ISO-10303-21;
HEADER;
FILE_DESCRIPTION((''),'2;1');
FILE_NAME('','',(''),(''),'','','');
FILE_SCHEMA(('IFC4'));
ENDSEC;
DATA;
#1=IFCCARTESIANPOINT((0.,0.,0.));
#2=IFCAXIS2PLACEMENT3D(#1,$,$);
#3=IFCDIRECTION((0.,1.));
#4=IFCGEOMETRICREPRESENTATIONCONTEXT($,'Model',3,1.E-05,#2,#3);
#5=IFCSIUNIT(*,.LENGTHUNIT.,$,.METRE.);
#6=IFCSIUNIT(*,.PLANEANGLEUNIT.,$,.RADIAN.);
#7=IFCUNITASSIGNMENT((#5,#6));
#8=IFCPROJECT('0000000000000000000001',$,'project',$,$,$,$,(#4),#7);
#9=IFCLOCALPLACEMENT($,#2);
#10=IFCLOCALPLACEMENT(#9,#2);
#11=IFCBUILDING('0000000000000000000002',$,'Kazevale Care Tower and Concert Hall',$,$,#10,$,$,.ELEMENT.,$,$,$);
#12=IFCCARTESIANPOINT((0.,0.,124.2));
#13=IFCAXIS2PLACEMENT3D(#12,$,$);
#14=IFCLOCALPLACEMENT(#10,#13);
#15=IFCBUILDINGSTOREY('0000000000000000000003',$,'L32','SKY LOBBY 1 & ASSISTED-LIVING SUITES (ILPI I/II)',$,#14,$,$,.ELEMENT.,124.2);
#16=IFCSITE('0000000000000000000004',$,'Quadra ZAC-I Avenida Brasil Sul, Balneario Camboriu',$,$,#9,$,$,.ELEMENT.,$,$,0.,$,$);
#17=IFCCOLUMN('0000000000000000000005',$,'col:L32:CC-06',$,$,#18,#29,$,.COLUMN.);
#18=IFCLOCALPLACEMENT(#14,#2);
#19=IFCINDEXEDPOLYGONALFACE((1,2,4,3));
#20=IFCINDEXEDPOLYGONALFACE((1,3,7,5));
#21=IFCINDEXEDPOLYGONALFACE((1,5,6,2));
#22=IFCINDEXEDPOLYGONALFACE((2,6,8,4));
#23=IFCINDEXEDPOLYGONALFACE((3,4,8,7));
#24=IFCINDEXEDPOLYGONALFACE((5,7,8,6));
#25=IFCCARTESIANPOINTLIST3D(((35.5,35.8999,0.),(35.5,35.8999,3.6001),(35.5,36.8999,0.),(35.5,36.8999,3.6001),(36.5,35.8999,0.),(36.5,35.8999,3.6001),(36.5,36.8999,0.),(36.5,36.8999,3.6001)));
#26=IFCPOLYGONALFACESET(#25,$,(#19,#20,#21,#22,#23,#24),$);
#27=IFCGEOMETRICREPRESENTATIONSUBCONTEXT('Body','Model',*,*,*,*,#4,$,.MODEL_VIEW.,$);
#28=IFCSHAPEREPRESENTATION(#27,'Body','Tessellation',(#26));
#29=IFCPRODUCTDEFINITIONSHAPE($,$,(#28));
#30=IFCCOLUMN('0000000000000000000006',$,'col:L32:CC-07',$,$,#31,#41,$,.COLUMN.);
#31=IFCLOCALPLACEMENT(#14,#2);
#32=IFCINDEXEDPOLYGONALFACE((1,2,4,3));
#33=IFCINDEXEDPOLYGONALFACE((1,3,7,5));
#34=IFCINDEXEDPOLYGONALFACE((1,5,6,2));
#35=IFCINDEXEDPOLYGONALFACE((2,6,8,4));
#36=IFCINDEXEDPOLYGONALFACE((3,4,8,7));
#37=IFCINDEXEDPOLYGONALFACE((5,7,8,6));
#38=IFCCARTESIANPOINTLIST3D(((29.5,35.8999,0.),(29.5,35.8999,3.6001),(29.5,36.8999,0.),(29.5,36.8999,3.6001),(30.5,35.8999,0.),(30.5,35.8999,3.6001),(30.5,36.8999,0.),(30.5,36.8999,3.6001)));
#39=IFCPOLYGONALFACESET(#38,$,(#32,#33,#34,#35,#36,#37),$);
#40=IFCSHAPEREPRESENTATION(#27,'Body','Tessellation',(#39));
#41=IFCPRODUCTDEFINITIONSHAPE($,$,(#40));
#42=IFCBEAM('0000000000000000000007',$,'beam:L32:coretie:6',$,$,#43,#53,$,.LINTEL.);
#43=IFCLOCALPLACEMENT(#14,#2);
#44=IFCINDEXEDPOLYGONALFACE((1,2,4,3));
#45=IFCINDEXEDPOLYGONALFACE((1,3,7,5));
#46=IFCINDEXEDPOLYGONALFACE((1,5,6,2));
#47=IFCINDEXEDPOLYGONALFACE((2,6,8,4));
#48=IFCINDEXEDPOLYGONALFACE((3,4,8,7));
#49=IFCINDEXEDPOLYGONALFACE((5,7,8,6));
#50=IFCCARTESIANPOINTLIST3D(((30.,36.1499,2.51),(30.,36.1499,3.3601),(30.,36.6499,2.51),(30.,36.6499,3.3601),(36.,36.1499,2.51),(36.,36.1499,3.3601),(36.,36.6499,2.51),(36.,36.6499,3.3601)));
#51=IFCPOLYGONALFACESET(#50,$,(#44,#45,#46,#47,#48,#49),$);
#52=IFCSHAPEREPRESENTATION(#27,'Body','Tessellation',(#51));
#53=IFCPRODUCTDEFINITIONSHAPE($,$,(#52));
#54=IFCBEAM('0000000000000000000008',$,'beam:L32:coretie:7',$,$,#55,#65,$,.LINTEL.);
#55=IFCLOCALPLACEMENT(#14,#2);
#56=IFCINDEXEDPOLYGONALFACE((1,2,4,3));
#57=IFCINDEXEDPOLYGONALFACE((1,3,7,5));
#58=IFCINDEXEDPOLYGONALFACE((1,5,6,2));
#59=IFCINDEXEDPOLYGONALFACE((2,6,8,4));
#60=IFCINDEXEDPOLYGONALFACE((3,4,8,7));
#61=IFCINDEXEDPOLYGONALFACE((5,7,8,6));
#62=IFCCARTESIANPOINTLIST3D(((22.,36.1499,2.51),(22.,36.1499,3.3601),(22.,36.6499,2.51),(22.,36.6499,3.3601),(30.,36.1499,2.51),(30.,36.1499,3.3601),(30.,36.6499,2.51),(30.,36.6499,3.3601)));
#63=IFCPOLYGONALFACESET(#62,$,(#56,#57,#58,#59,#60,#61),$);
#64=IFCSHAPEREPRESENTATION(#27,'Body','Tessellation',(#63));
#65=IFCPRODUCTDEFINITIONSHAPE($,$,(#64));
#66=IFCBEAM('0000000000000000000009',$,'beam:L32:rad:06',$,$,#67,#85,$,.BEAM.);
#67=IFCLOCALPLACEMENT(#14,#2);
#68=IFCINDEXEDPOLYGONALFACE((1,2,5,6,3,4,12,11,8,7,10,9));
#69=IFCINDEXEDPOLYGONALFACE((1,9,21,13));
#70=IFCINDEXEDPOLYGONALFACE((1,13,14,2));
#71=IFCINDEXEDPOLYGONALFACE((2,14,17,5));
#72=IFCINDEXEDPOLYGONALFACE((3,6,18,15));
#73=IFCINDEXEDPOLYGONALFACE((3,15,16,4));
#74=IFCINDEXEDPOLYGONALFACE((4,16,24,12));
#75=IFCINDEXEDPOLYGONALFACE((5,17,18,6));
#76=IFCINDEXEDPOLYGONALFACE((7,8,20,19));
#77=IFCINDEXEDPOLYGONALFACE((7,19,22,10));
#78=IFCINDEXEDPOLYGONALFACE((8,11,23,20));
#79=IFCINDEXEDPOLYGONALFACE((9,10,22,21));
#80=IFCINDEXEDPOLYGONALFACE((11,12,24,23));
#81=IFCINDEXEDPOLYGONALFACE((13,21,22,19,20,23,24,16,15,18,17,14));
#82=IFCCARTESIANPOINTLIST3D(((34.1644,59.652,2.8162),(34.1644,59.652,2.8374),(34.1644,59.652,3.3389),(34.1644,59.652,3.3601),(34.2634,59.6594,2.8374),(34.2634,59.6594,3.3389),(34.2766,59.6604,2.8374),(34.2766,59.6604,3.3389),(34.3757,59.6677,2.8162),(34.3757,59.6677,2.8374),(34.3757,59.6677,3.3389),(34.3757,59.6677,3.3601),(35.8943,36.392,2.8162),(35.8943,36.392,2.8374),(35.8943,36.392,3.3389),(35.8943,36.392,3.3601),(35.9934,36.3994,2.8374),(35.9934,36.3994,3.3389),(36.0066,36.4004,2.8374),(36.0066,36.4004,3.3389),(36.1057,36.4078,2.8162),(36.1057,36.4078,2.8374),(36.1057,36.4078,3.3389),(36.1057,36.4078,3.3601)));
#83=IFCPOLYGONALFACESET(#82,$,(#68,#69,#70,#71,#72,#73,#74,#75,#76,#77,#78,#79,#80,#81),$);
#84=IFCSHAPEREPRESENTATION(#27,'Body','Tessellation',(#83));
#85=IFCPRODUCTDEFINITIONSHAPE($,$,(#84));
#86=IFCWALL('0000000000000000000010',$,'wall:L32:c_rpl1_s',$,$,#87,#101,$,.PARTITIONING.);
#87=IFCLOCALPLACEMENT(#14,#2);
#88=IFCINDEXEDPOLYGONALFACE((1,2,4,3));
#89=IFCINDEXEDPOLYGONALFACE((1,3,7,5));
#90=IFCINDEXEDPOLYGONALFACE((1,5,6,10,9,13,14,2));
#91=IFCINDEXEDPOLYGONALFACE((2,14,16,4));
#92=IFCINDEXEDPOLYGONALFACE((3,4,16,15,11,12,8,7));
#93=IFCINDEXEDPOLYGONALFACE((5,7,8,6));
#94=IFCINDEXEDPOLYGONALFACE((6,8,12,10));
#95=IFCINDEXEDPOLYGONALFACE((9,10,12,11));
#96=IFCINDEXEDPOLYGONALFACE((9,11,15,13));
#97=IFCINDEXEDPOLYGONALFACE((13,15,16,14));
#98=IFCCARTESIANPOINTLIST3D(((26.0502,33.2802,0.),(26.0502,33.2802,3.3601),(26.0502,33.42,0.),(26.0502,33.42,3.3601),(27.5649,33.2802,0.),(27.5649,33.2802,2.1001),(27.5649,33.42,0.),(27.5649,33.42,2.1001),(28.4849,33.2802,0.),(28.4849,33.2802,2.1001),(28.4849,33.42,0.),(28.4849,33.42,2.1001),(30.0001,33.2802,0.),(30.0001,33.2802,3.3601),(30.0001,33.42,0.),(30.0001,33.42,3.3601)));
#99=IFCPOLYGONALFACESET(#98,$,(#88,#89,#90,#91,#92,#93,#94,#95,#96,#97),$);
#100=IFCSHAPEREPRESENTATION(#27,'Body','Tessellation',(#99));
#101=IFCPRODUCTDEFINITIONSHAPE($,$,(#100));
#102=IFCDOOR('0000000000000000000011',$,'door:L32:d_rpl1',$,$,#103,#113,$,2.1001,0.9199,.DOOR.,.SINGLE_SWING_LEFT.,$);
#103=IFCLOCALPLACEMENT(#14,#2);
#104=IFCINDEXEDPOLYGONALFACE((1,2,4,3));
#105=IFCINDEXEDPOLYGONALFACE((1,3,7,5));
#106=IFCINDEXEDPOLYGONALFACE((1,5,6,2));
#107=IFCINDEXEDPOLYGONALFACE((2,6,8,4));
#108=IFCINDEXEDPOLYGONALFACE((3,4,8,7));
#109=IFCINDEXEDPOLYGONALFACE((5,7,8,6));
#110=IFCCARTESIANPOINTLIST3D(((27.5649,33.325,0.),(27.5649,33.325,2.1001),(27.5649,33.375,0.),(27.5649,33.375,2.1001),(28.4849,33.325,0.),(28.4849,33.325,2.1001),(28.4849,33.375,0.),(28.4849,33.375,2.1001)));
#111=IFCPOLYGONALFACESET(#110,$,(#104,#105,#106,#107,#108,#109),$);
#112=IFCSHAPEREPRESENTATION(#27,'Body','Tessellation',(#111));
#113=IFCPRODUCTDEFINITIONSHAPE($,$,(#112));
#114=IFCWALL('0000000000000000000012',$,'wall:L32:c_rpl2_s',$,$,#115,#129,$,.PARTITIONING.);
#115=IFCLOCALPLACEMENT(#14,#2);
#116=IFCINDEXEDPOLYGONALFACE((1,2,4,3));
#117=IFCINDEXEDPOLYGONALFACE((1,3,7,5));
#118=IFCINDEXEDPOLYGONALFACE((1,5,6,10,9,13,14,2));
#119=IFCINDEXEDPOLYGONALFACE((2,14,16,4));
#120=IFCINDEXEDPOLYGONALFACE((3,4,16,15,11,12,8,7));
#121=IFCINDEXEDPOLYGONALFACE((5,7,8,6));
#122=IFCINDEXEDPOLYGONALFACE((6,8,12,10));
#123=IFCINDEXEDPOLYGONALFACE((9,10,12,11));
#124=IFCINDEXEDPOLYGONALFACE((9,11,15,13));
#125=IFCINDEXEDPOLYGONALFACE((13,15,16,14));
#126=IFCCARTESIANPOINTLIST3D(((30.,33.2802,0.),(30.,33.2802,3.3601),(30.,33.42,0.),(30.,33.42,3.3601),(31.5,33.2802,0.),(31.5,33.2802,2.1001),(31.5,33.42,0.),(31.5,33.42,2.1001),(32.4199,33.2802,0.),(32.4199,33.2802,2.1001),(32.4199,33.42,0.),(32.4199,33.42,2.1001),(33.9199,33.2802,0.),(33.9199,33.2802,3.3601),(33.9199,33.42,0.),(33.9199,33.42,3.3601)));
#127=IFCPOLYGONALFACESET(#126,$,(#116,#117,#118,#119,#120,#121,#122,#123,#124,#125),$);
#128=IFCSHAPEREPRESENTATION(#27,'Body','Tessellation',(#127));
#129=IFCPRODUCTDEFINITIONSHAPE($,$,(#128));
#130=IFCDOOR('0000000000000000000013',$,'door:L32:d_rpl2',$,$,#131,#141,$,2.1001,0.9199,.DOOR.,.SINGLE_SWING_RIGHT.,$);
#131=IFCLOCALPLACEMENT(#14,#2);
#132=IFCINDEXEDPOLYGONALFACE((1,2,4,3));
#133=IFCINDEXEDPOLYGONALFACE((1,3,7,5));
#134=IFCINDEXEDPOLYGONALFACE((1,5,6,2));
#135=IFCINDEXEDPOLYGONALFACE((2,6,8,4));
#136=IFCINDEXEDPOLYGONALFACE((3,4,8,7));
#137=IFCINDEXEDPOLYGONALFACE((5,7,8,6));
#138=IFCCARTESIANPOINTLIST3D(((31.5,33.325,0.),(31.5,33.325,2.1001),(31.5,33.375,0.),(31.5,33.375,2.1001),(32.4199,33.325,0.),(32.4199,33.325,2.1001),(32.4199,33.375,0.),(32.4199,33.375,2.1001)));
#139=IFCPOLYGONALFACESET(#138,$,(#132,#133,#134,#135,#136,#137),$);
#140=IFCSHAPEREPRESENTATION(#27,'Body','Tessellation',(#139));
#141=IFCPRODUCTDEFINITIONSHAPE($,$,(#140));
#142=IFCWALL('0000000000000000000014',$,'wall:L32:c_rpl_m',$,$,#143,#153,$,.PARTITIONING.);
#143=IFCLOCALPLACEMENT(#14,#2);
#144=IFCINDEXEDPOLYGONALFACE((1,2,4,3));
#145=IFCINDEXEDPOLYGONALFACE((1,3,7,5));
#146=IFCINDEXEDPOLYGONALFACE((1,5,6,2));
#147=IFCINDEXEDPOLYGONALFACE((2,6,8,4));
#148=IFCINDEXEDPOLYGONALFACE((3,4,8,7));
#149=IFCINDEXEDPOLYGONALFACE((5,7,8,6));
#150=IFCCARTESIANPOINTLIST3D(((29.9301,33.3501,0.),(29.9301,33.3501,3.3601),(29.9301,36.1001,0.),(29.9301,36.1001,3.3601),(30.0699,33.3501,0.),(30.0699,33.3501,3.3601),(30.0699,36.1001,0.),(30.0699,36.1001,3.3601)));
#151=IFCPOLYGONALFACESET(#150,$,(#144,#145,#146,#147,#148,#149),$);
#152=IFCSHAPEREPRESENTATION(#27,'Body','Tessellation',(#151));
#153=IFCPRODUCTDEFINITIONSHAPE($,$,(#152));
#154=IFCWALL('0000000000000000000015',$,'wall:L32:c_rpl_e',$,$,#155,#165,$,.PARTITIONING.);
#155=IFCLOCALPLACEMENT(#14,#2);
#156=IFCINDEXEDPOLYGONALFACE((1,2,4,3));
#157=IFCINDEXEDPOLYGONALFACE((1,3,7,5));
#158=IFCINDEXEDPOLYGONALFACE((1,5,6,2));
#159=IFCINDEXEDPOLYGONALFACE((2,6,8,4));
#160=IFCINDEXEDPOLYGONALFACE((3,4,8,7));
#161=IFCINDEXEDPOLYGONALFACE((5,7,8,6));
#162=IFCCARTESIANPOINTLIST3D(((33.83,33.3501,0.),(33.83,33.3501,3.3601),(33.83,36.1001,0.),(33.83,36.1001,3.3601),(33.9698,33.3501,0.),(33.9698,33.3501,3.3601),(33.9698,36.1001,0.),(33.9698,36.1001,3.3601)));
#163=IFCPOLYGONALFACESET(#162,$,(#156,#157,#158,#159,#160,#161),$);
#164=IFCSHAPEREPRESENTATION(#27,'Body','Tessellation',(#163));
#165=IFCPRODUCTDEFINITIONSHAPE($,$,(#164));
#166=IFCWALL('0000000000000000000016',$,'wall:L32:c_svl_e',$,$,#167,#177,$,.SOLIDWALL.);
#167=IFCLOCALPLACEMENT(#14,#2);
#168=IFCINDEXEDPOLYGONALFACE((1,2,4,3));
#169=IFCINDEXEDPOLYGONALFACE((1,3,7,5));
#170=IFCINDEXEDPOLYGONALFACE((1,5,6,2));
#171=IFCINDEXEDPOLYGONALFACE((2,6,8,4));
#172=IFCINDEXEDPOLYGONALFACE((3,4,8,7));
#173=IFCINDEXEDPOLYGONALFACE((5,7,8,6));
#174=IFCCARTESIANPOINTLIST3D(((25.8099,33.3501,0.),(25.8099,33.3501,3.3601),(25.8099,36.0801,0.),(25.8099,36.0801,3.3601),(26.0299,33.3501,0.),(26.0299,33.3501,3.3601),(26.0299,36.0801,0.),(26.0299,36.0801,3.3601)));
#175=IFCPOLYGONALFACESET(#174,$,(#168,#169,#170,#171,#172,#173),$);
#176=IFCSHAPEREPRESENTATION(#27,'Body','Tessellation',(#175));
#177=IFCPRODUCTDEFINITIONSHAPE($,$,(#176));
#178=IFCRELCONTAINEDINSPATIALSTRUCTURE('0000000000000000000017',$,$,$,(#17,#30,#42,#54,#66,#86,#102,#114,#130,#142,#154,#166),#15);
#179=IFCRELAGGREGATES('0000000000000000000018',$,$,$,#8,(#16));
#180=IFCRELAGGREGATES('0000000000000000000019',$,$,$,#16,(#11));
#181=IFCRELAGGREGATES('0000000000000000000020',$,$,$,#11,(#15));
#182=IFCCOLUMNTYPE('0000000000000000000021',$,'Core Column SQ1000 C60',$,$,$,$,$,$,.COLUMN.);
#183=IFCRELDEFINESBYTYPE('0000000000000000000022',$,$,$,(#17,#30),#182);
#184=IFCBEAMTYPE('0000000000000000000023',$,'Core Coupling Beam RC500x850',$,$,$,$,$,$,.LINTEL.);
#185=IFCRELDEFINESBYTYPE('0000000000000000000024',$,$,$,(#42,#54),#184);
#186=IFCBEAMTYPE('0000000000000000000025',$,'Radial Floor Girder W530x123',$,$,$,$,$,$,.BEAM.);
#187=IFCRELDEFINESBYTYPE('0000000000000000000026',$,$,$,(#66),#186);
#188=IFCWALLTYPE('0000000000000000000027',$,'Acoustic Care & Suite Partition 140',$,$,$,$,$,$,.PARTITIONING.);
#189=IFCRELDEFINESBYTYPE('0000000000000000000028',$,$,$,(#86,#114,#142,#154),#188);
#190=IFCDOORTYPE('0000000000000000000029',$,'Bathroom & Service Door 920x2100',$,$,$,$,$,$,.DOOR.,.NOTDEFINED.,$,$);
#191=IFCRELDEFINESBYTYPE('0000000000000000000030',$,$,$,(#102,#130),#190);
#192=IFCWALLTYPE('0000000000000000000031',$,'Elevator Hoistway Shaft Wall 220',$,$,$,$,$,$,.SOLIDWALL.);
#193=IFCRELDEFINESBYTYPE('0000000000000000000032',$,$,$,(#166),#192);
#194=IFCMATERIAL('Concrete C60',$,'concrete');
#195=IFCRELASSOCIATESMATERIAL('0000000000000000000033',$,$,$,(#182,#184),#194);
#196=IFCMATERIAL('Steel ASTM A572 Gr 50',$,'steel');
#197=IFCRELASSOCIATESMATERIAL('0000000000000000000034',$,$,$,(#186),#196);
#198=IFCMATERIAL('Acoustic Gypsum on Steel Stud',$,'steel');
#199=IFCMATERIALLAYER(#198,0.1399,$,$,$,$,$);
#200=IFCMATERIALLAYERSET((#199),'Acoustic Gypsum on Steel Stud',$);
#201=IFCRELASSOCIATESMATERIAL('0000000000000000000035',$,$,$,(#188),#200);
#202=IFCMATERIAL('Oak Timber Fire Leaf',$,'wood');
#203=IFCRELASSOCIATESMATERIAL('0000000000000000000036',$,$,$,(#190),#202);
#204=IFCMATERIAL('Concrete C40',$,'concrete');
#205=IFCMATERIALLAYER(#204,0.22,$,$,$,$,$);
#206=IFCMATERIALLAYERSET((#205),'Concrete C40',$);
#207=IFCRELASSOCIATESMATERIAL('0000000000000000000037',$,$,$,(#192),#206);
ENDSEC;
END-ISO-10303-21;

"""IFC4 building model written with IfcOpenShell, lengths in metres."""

from ifc_helpers import new_model, si_unit, direction, frame, frame_2d, origin, origin_2d, place, context, subcontext, project, spatial, rectangle, i_section, extrude, material, layer, layer_set, material_profile, profile_set, type_object, element, fill, save


model = new_model("IFC4")

# Units and contexts
model_context = context("Model", 3, precision=1e-05, world=origin(), true_north=direction((0.0, 1.0)))
body_context = subcontext(model_context, "Body", "Model", "MODEL_VIEW")
ifc_project = project(units=[si_unit("LENGTHUNIT", "METRE"), si_unit("PLANEANGLEUNIT", "RADIAN")], contexts=[model_context])

# Site, building, storey
site_placement = place(None, origin())
site = spatial("IfcSite", under=ifc_project, at=site_placement, Name="Quadra ZAC-I Avenida Brasil Sul, Balneario Camboriu", CompositionType="ELEMENT", RefElevation=0.0)
building_placement = place(site_placement, origin())
building = spatial("IfcBuilding", under=site, at=building_placement, Name="Kazevale Care Tower and Concert Hall", CompositionType="ELEMENT")
storey_placement = place(building_placement, frame((0.0, 0.0, 124.2)))
storey = spatial("IfcBuildingStorey", under=building, at=storey_placement, Name="L32", Description="SKY LOBBY 1 & ASSISTED-LIVING SUITES (ILPI I/II)", CompositionType="ELEMENT", Elevation=124.2)

# Columns
ifc_material_1 = material(Name="Concrete C60", Category="concrete")
ifc_material_profile_1 = material_profile(ifc_material_1, rectangle(XDim=1.0, YDim=1.0, at=origin_2d()), Name="RC-SQ1000")
ifc_profile_set_1 = profile_set([ifc_material_profile_1], Name="Concrete C60")
column_type = type_object("IfcColumnType", Name="Core Column SQ1000 C60", PredefinedType="COLUMN", material=ifc_profile_set_1)
for number, where, z_axis, x_axis, name in (
    (1, (36.0, 36.3999, 0.0), (0.0, 0.0, 1.0), (1.0, 0.0, 0.0), "col:L32:CC-06"),
    (2, (30.0, 36.3999, 0.0), (0.0, 0.0, 1.0), (1.0, 0.0, 0.0), "col:L32:CC-07"),
):
    element("IfcColumn", number, at=place(storey_placement, frame(where, z_axis=z_axis, x_axis=x_axis)), inside=storey, type_object=column_type, Name=name, PredefinedType="COLUMN", context=body_context, shape_type="SweptSolid", body=[
        extrude(rectangle(XDim=1.0, YDim=1.0, at=origin_2d()), origin(), (0.0, 0.0, 1.0), 3.6001),
    ])

# Beams
ifc_material_profile_2 = material_profile(ifc_material_1, rectangle(XDim=0.5, YDim=0.8501, at=origin_2d()), Name="RC-B500x850")
ifc_profile_set_2 = profile_set([ifc_material_profile_2], Name="Concrete C60")
beam_type_1 = type_object("IfcBeamType", Name="Core Coupling Beam RC500x850", PredefinedType="LINTEL", material=ifc_profile_set_2)
beam_1_placement = place(storey_placement, frame((36.0, 36.3999, 2.9351), z_axis=(-1.0, 0.0, 0.0), x_axis=(0.0, -1.0, 0.0)))
element("IfcBeam", 3, at=beam_1_placement, inside=storey, type_object=beam_type_1, Name="beam:L32:coretie:6", PredefinedType="LINTEL", context=body_context, shape_type="SweptSolid", body=[
    extrude(rectangle(XDim=0.5, YDim=0.8501, at=origin_2d()), origin(), (0.0, 0.0, 1.0), 6.0),
])
beam_2_placement = place(storey_placement, frame((30.0, 36.3999, 2.9351), z_axis=(-1.0, 0.0, 0.0), x_axis=(0.0, -1.0, 0.0)))
element("IfcBeam", 4, at=beam_2_placement, inside=storey, type_object=beam_type_1, Name="beam:L32:coretie:7", PredefinedType="LINTEL", context=body_context, shape_type="SweptSolid", body=[
    extrude(rectangle(XDim=0.5, YDim=0.8501, at=origin_2d()), origin(), (0.0, 0.0, 1.0), 8.0),
])
ifc_material_2 = material(Name="Steel ASTM A572 Gr 50", Category="steel")
ifc_material_profile_3 = material_profile(ifc_material_2, i_section(OverallWidth=0.2119, OverallDepth=0.5439, WebThickness=0.0132, FlangeThickness=0.0212, at=origin_2d()), Name="W530x123")
ifc_profile_set_3 = profile_set([ifc_material_profile_3], Name="Steel ASTM A572 Gr 50")
beam_type_2 = type_object("IfcBeamType", Name="Radial Floor Girder W530x123", PredefinedType="BEAM", material=ifc_profile_set_3)
beam_3_placement = place(storey_placement, frame((36.0, 36.3999, 3.0881), z_axis=(-0.074171, 0.997246, 0.0), x_axis=(-0.997246, -0.074171, 0.0)))
element("IfcBeam", 5, at=beam_3_placement, inside=storey, type_object=beam_type_2, Name="beam:L32:rad:06", PredefinedType="BEAM", context=body_context, shape_type="SweptSolid", body=[
    extrude(i_section(OverallWidth=0.2119, OverallDepth=0.5439, WebThickness=0.0132, FlangeThickness=0.0212, at=origin_2d()), origin(), (0.0, 0.0, 1.0), 23.3242),
])

# Walls, openings, doors
ifc_material_3 = material(Name="Acoustic Gypsum on Steel Stud", Category="steel")
ifc_layer_1 = layer(ifc_material_3, 0.1399)
ifc_layer_set_1 = layer_set([ifc_layer_1], Name="Acoustic Gypsum on Steel Stud")
wall_type_1 = type_object("IfcWallType", Name="Acoustic Care & Suite Partition 140", PredefinedType="PARTITIONING", material=ifc_layer_set_1)
wall_1_placement = place(storey_placement, frame((26.05, 33.3501, 0.0), z_axis=(0.0, 0.0, 1.0), x_axis=(1.0, 0.0, 0.0)))
wall_1 = element("IfcWall", 6, at=wall_1_placement, inside=storey, type_object=wall_type_1, Name="wall:L32:c_rpl1_s", PredefinedType="PARTITIONING", context=body_context, shape_type="SweptSolid", body=[
    extrude(rectangle(XDim=3.95, YDim=0.1399, at=frame_2d((1.9751, 0.0))), origin(), (0.0, 0.0, 1.0), 3.3601),
])
opening_1_placement = place(wall_1_placement, frame((1.5149, 0.0, 0.0)))
opening_1 = element("IfcOpeningElement", 7, at=opening_1_placement, cuts=wall_1, PredefinedType="OPENING", context=body_context, shape_type="SweptSolid", body=[
    extrude(rectangle(XDim=0.9199, YDim=2.1001, at=frame_2d((0.46, 1.05))), frame((0.0, 0.0798, 0.0), z_axis=(0.0, -1.0, 0.0), x_axis=(1.0, 0.0, 0.0)), (0.0, 0.0, 1.0), 0.1599),
])
ifc_material_4 = material(Name="Oak Timber Fire Leaf", Category="wood")
door_type_1 = type_object("IfcDoorType", Name="Bathroom & Service Door 920x2100", OperationType="NOTDEFINED", PredefinedType="DOOR", material=ifc_material_4)
door_1_placement = place(opening_1_placement, origin())
door_1 = element("IfcDoor", 8, at=door_1_placement, inside=storey, type_object=door_type_1, Name="door:L32:d_rpl1", OperationType="SINGLE_SWING_LEFT", OverallHeight=2.1001, OverallWidth=0.9199, PredefinedType="DOOR", context=body_context, shape_type="SweptSolid", body=[
    extrude(rectangle(XDim=0.9199, YDim=2.1001, at=frame_2d((0.46, 1.05))), frame((0.0, 0.0249, 0.0), z_axis=(0.0, -1.0, 0.0), x_axis=(1.0, 0.0, 0.0)), (0.0, 0.0, 1.0), 0.05),
])
fill(opening_1, door_1)
wall_2_placement = place(storey_placement, frame((30.0, 33.3501, 0.0), z_axis=(0.0, 0.0, 1.0), x_axis=(1.0, 0.0, 0.0)))
wall_2 = element("IfcWall", 9, at=wall_2_placement, inside=storey, type_object=wall_type_1, Name="wall:L32:c_rpl2_s", PredefinedType="PARTITIONING", context=body_context, shape_type="SweptSolid", body=[
    extrude(rectangle(XDim=3.9199, YDim=0.1399, at=frame_2d((1.96, 0.0))), origin(), (0.0, 0.0, 1.0), 3.3601),
])
opening_2_placement = place(wall_2_placement, frame((1.5, 0.0, 0.0)))
opening_2 = element("IfcOpeningElement", 10, at=opening_2_placement, cuts=wall_2, PredefinedType="OPENING", context=body_context, shape_type="SweptSolid", body=[
    extrude(rectangle(XDim=0.9199, YDim=2.1001, at=frame_2d((0.46, 1.05))), frame((0.0, 0.0798, 0.0), z_axis=(0.0, -1.0, 0.0), x_axis=(1.0, 0.0, 0.0)), (0.0, 0.0, 1.0), 0.1599),
])
door_2_placement = place(opening_2_placement, origin())
door_2 = element("IfcDoor", 11, at=door_2_placement, inside=storey, type_object=door_type_1, Name="door:L32:d_rpl2", OperationType="SINGLE_SWING_RIGHT", OverallHeight=2.1001, OverallWidth=0.9199, PredefinedType="DOOR", context=body_context, shape_type="SweptSolid", body=[
    extrude(rectangle(XDim=0.9199, YDim=2.1001, at=frame_2d((0.46, 1.05))), frame((0.0, 0.0249, 0.0), z_axis=(0.0, -1.0, 0.0), x_axis=(1.0, 0.0, 0.0)), (0.0, 0.0, 1.0), 0.05),
])
fill(opening_2, door_2)

# Walls
for number, where, z_axis, x_axis, name in (
    (12, (30.0, 33.3501, 0.0), (0.0, 0.0, 1.0), (0.0, 1.0, 0.0), "wall:L32:c_rpl_m"),
    (13, (33.8999, 33.3501, 0.0), (0.0, 0.0, 1.0), (0.0, 1.0, 0.0), "wall:L32:c_rpl_e"),
):
    element("IfcWall", number, at=place(storey_placement, frame(where, z_axis=z_axis, x_axis=x_axis)), inside=storey, type_object=wall_type_1, Name=name, PredefinedType="PARTITIONING", context=body_context, shape_type="SweptSolid", body=[
        extrude(rectangle(XDim=2.75, YDim=0.1399, at=frame_2d((1.375, 0.0))), origin(), (0.0, 0.0, 1.0), 3.3601),
    ])
ifc_material_5 = material(Name="Concrete C40", Category="concrete")
ifc_layer_2 = layer(ifc_material_5, 0.22)
ifc_layer_set_2 = layer_set([ifc_layer_2], Name="Concrete C40")
wall_type_2 = type_object("IfcWallType", Name="Elevator Hoistway Shaft Wall 220", PredefinedType="SOLIDWALL", material=ifc_layer_set_2)
wall_3_placement = place(storey_placement, frame((25.9199, 33.3501, 0.0), z_axis=(0.0, 0.0, 1.0), x_axis=(0.0, 1.0, 0.0)))
element("IfcWall", 14, at=wall_3_placement, inside=storey, type_object=wall_type_2, Name="wall:L32:c_svl_e", PredefinedType="SOLIDWALL", context=body_context, shape_type="SweptSolid", body=[
    extrude(rectangle(XDim=2.73, YDim=0.22, at=frame_2d((1.365, 0.0))), origin(), (0.0, 0.0, 1.0), 3.3601),
])

save(model, "model.ifc")
